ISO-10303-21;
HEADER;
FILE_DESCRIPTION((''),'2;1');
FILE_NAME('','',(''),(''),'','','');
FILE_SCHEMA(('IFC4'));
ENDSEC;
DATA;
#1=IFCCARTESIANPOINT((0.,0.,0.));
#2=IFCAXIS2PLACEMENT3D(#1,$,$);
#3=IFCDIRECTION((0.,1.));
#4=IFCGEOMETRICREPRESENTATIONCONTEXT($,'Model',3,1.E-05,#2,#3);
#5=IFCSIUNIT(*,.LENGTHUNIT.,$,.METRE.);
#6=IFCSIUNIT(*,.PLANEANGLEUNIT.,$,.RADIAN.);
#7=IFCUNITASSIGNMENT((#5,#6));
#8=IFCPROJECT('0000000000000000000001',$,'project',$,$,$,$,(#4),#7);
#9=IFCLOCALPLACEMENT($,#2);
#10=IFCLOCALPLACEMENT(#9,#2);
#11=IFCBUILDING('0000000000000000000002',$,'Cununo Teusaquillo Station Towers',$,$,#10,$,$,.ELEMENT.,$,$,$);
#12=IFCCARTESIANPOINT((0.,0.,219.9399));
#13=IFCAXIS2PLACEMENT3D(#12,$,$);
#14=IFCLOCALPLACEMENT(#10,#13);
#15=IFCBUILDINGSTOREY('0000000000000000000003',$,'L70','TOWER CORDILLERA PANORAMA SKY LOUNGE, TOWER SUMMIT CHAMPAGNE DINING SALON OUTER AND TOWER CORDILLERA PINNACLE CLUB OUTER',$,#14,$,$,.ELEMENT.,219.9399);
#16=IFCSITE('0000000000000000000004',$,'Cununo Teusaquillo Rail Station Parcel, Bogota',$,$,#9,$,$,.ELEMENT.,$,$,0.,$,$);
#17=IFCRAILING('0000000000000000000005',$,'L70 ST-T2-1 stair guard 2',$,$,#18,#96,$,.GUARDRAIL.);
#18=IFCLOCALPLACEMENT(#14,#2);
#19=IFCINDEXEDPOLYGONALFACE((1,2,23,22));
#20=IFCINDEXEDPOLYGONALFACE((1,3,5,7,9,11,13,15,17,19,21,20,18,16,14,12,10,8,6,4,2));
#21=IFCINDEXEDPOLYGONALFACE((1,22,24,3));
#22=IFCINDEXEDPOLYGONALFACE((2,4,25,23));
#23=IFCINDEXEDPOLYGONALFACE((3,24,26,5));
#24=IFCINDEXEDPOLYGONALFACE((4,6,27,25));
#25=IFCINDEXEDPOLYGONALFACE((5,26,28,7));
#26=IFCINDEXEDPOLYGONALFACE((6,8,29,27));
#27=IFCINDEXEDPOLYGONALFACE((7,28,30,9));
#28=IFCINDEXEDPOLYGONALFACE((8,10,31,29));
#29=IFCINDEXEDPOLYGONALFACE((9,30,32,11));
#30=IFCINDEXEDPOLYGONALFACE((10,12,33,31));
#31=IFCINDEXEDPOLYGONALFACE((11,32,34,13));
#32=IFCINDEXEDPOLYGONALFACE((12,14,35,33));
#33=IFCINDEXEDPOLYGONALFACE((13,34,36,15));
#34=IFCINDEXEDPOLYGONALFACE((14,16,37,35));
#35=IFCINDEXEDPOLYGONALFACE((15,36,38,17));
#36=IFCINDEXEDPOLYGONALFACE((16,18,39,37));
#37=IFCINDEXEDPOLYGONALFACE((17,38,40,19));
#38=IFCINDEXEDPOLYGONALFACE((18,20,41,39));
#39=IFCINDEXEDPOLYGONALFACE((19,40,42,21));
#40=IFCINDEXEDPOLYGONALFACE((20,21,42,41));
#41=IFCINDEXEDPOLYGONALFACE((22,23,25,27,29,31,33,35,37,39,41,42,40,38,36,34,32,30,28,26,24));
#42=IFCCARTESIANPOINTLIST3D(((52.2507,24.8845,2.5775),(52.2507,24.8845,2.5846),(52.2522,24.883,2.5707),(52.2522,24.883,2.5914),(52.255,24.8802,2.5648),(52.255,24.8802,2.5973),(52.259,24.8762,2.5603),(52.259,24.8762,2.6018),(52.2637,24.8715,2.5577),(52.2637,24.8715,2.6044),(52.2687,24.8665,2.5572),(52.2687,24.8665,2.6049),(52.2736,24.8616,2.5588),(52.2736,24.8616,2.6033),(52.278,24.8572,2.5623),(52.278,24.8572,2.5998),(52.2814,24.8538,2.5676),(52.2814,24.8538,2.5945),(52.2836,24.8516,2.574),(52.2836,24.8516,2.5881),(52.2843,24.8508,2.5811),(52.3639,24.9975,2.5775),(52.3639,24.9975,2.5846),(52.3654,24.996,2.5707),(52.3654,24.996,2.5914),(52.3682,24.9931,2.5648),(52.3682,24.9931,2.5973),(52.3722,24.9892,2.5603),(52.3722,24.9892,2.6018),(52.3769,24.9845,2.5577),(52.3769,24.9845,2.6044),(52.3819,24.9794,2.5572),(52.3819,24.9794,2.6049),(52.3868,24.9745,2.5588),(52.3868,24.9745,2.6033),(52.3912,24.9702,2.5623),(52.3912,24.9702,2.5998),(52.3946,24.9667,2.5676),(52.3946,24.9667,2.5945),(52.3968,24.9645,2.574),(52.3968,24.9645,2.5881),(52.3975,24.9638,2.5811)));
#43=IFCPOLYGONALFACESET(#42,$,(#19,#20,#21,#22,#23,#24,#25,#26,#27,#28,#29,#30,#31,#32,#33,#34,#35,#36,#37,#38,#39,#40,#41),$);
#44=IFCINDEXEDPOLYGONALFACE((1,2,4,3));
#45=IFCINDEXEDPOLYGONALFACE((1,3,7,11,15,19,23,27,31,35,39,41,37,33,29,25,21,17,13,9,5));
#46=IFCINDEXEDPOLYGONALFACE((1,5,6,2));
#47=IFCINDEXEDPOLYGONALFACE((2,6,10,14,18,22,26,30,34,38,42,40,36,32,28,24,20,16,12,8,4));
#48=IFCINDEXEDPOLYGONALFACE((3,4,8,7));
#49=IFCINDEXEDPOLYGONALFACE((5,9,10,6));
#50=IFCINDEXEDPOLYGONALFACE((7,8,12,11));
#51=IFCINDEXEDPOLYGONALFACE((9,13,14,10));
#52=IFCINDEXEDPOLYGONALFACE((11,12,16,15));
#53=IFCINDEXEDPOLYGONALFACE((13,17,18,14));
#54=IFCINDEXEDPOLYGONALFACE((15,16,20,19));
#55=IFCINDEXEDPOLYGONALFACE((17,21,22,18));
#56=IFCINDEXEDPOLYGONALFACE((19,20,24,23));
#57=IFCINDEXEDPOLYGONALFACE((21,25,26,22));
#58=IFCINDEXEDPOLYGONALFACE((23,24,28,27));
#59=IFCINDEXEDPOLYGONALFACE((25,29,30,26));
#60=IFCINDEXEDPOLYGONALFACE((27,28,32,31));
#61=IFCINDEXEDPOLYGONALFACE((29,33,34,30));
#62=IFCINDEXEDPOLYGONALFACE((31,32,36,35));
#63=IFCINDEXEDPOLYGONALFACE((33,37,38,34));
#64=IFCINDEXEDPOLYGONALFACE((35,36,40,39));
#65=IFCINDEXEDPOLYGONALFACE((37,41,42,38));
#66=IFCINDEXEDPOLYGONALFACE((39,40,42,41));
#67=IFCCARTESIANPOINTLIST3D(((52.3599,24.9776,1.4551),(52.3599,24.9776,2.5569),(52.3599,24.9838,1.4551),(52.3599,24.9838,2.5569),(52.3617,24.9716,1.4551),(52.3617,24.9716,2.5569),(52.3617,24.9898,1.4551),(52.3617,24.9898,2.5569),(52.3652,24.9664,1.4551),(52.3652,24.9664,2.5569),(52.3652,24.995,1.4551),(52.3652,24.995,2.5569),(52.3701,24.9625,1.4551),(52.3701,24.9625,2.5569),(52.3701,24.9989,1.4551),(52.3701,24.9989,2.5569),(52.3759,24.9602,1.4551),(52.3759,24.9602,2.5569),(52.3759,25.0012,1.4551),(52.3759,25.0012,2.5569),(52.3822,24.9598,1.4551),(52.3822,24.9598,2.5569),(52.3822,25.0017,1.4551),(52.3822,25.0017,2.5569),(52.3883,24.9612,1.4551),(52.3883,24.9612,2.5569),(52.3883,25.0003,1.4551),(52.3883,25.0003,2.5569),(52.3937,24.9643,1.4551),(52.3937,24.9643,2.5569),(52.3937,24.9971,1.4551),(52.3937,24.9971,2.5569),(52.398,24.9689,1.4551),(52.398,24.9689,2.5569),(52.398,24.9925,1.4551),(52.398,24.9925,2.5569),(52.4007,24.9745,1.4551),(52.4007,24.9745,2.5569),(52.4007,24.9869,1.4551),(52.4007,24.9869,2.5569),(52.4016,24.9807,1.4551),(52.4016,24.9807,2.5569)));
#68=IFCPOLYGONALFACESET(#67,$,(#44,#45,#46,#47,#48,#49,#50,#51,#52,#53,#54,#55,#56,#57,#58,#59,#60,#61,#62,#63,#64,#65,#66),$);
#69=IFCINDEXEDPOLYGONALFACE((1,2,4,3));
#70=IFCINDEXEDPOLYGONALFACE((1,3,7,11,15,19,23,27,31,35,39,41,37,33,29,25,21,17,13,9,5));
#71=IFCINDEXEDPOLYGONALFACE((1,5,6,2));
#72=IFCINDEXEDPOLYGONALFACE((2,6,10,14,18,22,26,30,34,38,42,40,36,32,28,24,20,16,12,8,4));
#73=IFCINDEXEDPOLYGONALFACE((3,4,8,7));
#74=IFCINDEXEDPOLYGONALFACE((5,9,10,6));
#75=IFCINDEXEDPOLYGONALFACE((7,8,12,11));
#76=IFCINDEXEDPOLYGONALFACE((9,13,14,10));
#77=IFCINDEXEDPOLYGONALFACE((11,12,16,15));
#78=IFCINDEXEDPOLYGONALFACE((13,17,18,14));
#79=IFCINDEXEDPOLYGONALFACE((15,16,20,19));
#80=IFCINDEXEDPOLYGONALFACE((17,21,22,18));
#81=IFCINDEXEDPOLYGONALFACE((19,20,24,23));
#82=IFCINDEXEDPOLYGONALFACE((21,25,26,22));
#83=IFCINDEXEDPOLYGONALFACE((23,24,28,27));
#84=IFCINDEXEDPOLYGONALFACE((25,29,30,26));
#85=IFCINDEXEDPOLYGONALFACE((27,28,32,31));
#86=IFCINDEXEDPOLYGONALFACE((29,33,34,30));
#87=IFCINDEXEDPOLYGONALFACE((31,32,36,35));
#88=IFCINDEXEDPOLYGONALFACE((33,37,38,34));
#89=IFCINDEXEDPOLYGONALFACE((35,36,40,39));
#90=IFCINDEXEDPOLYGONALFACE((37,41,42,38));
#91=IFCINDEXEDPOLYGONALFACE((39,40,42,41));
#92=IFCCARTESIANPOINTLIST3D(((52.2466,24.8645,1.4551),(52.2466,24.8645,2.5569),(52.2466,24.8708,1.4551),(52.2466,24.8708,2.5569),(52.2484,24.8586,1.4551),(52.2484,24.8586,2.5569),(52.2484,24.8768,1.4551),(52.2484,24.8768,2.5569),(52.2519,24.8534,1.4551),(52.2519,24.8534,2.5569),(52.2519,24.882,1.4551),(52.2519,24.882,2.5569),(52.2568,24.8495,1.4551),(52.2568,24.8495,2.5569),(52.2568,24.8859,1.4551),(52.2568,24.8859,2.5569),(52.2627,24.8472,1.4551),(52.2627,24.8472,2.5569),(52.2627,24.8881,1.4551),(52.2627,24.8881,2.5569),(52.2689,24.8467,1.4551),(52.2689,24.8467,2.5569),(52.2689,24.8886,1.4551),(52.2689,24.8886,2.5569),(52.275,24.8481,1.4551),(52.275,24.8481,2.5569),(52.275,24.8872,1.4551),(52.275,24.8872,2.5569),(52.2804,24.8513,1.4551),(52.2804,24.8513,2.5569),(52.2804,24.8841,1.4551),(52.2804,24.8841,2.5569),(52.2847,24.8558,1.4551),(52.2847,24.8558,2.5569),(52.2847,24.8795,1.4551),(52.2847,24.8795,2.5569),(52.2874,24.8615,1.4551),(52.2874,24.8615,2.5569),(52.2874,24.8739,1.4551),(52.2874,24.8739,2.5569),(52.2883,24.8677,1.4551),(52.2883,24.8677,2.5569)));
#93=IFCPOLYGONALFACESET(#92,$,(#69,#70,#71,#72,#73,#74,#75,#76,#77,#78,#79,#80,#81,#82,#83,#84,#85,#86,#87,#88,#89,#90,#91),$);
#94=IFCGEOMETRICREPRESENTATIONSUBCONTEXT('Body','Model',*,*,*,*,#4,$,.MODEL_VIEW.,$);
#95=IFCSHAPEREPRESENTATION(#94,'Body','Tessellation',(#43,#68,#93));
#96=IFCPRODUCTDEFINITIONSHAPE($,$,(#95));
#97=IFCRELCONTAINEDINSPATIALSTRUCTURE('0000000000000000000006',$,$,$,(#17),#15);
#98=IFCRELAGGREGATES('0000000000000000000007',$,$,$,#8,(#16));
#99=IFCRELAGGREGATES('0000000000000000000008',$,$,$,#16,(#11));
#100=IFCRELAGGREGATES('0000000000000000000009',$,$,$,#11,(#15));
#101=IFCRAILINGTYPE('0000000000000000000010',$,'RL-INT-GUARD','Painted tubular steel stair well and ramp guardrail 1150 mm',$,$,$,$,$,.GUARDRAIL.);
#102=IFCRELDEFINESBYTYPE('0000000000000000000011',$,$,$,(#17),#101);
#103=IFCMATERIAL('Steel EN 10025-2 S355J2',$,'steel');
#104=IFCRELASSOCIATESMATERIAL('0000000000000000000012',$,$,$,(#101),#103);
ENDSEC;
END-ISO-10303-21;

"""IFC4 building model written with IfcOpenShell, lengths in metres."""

from ifc_helpers import new_model, si_unit, direction, frame, origin, origin_2d, place, context, subcontext, project, spatial, circle, extrude, material, type_object, element, save


model = new_model("IFC4")

# Units and contexts
model_context = context("Model", 3, precision=1e-05, world=origin(), true_north=direction((0.0, 1.0)))
body_context = subcontext(model_context, "Body", "Model", "MODEL_VIEW")
ifc_project = project(units=[si_unit("LENGTHUNIT", "METRE"), si_unit("PLANEANGLEUNIT", "RADIAN")], contexts=[model_context])

# Site, building, storey
site_placement = place(None, origin())
site = spatial("IfcSite", under=ifc_project, at=site_placement, Name="Cununo Teusaquillo Rail Station Parcel, Bogota", CompositionType="ELEMENT", RefElevation=0.0)
building_placement = place(site_placement, origin())
building = spatial("IfcBuilding", under=site, at=building_placement, Name="Cununo Teusaquillo Station Towers", CompositionType="ELEMENT")
storey_placement = place(building_placement, frame((0.0, 0.0, 219.9399)))
storey = spatial("IfcBuildingStorey", under=building, at=storey_placement, Name="L70", Description="TOWER CORDILLERA PANORAMA SKY LOUNGE, TOWER SUMMIT CHAMPAGNE DINING SALON OUTER AND TOWER CORDILLERA PINNACLE CLUB OUTER", CompositionType="ELEMENT", Elevation=219.9399)

# Railing
ifc_material_1 = material(Name="Steel EN 10025-2 S355J2", Category="steel")
railing_type_1 = type_object("IfcRailingType", Name="RL-INT-GUARD", Description="Painted tubular steel stair well and ramp guardrail 1150 mm", PredefinedType="GUARDRAIL", material=ifc_material_1)
railing_1_placement = place(storey_placement, frame((52.3806, 24.9807, 1.4551)))
element("IfcRailing", 1, at=railing_1_placement, inside=storey, type_object=railing_type_1, Name="L70 ST-T2-1 stair guard 2", PredefinedType="GUARDRAIL", context=body_context, shape_type="SweptSolid", body=[
    extrude(circle(Radius=0.0239, at=origin_2d()), frame((0.0, 0.0, 1.126), z_axis=(-0.707869, -0.706344, 0.0), x_axis=(0.706344, -0.707869, 0.0)), (0.0, 0.0, 1.0), 0.1599),
    extrude(circle(Radius=0.021, at=origin_2d()), origin(), (0.0, 0.0, 1.0), 1.1018),
    extrude(circle(Radius=0.021, at=origin_2d()), frame((-0.1133, -0.113, 0.0)), (0.0, 0.0, 1.0), 1.1018),
])

save(model, "model.ifc")
